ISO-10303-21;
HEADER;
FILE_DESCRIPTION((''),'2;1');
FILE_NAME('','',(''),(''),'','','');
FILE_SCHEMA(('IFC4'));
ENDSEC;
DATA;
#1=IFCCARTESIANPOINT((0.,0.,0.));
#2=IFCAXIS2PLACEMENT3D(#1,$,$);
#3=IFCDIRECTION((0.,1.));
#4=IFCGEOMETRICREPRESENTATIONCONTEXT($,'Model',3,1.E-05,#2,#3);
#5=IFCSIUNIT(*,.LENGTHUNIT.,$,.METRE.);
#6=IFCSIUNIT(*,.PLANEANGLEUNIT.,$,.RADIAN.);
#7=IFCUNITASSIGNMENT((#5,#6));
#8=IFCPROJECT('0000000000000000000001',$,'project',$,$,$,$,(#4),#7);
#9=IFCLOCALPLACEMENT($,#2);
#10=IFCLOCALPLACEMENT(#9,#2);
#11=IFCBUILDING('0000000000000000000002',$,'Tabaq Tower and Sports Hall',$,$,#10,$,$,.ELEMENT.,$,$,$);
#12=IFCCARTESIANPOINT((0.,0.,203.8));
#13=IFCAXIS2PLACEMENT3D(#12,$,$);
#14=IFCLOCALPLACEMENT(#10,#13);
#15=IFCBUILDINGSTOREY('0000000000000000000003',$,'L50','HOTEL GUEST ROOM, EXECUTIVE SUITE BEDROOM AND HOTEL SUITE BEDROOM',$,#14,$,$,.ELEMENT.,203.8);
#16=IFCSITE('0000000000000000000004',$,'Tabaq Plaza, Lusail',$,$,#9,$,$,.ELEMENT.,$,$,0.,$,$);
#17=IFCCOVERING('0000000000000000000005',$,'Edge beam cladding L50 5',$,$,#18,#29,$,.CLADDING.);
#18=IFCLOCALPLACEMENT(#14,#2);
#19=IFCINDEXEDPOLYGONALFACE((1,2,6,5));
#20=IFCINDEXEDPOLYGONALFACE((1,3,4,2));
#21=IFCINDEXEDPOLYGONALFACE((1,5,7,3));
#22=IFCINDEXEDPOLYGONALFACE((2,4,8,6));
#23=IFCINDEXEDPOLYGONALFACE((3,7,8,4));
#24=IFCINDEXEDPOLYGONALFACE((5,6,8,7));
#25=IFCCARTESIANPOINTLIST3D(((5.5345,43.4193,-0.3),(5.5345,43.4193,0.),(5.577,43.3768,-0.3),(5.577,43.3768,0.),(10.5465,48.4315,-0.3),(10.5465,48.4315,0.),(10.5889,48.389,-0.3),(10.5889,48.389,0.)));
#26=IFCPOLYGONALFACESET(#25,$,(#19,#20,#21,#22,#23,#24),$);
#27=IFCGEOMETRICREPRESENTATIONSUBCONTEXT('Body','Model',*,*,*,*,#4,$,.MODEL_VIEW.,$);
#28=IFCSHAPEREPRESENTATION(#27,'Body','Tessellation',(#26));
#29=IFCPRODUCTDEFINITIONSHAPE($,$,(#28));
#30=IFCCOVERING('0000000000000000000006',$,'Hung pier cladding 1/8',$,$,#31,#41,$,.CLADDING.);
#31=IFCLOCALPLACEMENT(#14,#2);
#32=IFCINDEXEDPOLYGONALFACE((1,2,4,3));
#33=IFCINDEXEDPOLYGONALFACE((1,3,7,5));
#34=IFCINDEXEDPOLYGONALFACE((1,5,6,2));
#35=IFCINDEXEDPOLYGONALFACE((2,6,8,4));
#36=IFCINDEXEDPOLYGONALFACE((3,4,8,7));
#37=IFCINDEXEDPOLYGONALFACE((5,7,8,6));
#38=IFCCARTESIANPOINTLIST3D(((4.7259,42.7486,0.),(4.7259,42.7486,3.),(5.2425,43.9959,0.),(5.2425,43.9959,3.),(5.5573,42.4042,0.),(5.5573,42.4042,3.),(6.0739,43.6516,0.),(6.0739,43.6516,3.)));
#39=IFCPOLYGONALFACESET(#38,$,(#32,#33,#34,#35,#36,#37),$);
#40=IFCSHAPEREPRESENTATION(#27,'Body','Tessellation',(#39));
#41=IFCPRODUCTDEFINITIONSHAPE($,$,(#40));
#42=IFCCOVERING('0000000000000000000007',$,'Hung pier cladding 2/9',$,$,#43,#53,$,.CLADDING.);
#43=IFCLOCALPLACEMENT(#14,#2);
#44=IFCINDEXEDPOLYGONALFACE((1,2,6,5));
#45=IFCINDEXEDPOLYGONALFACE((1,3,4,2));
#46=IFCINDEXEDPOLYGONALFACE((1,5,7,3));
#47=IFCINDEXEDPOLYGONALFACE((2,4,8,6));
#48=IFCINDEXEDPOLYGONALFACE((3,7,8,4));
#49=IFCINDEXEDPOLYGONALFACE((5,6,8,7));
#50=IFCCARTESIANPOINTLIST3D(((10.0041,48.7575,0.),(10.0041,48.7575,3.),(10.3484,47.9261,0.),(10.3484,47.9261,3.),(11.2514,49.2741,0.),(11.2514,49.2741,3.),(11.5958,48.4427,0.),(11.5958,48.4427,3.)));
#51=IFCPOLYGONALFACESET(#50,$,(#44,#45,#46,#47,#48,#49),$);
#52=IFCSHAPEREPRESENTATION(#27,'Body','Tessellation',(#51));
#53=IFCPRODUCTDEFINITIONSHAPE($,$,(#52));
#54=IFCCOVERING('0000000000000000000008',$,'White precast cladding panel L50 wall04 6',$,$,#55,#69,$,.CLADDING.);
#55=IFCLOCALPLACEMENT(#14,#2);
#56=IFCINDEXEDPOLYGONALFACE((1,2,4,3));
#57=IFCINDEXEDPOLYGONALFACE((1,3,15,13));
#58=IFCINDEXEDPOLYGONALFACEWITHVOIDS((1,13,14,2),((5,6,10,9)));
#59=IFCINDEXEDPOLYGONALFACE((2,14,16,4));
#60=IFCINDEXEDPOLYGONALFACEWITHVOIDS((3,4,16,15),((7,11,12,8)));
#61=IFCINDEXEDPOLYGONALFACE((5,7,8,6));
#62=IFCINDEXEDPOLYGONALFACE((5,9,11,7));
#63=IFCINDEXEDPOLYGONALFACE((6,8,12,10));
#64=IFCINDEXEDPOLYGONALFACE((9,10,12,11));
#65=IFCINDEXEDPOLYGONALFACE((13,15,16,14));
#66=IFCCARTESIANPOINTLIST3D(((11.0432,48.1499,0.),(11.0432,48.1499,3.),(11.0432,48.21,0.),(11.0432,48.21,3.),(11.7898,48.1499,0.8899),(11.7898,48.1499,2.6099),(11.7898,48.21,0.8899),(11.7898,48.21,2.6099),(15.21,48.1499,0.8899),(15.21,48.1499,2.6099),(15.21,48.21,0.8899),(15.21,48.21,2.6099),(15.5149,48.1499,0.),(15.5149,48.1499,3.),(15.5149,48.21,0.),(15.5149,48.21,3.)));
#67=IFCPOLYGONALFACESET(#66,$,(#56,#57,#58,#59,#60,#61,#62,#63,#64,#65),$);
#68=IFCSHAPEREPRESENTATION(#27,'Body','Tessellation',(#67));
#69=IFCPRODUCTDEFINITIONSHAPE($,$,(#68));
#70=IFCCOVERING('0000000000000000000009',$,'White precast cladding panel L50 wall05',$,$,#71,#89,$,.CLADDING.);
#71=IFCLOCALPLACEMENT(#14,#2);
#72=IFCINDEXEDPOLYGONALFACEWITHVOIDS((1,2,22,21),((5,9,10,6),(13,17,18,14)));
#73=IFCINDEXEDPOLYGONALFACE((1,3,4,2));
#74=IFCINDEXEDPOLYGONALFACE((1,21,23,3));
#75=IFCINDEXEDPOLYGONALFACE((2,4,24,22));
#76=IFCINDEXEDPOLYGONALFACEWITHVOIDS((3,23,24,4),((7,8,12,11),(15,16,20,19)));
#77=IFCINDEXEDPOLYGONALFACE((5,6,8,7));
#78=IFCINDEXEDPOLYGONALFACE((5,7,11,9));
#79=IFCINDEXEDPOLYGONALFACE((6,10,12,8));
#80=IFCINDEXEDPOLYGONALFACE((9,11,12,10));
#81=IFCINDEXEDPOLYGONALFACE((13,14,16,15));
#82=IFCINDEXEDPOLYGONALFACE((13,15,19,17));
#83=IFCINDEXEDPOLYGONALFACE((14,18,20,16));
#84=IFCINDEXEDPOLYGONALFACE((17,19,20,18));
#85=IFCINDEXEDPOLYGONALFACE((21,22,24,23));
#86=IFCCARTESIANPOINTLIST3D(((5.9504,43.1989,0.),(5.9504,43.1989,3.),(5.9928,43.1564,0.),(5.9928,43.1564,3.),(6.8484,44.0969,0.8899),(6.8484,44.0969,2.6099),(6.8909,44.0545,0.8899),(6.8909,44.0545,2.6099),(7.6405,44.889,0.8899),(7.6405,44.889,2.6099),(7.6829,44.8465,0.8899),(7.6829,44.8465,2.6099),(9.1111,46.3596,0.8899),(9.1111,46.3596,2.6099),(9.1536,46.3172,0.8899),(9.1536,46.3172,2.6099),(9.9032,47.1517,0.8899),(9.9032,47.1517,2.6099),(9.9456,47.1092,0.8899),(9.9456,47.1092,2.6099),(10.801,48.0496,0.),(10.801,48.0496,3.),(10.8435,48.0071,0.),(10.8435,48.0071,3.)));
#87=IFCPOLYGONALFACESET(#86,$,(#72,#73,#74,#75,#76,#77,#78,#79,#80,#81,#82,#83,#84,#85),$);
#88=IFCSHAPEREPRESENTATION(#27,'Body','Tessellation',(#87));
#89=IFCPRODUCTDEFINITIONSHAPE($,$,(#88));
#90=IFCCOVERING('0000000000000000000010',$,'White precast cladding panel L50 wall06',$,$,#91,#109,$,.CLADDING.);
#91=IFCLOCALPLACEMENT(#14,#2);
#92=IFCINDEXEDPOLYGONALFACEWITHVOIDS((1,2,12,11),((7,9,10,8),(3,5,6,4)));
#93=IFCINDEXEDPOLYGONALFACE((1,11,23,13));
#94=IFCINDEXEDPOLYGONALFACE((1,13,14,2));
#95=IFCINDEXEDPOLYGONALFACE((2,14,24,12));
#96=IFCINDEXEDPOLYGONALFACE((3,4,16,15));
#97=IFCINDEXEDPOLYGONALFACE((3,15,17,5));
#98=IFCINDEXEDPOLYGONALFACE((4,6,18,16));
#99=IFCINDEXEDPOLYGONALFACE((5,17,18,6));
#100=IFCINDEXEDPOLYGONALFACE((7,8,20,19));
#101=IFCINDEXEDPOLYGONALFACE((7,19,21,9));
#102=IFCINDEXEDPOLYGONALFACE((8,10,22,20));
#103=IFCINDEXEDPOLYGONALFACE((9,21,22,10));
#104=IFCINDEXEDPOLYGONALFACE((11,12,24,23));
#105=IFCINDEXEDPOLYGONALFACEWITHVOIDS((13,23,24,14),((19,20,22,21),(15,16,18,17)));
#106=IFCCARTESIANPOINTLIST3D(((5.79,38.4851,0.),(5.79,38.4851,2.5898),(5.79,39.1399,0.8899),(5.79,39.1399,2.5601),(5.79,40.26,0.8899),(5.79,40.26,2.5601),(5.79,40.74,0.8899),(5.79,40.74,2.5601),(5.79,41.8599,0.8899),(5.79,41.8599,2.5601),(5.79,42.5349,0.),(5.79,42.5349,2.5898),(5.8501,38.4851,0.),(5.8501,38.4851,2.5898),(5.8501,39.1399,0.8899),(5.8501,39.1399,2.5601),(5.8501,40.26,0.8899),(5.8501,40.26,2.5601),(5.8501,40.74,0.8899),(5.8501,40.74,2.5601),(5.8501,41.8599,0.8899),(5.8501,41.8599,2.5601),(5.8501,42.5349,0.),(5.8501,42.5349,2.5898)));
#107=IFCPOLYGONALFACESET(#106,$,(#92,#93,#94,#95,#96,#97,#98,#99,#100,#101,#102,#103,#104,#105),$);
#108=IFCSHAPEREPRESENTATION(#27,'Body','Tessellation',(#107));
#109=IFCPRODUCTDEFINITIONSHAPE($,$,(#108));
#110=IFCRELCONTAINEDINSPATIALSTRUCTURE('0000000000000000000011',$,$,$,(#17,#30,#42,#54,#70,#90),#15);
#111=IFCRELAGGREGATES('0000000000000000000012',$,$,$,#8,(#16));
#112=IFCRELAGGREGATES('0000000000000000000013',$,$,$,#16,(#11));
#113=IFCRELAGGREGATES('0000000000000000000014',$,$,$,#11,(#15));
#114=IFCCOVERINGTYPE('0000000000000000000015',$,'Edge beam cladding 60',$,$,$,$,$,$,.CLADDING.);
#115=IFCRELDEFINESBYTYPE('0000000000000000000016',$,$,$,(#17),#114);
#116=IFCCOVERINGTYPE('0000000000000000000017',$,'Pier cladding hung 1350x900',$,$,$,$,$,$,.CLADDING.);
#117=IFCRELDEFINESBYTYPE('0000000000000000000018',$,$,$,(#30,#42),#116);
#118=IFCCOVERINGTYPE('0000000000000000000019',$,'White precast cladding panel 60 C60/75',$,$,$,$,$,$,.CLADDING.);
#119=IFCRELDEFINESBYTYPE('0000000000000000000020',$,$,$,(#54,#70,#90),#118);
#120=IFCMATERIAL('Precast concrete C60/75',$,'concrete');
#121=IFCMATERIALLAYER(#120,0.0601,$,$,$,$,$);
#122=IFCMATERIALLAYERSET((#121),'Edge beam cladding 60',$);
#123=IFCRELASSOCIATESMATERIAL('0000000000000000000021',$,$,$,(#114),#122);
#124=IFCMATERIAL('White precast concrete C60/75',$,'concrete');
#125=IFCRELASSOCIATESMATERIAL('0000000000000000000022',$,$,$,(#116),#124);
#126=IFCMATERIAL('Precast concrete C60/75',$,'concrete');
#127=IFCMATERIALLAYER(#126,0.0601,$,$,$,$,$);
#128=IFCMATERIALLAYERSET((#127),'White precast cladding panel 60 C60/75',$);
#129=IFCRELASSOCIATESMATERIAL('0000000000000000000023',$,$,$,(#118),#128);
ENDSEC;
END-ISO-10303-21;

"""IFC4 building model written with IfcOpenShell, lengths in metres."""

from ifc_helpers import new_model, si_unit, direction, frame, frame_2d, origin, place, context, subcontext, project, spatial, polyline, rectangle, outline, extrude, material, layer, layer_set, type_object, element, save


model = new_model("IFC4")

# Units and contexts
model_context = context("Model", 3, precision=1e-05, world=origin(), true_north=direction((0.0, 1.0)))
body_context = subcontext(model_context, "Body", "Model", "MODEL_VIEW")
ifc_project = project(units=[si_unit("LENGTHUNIT", "METRE"), si_unit("PLANEANGLEUNIT", "RADIAN")], contexts=[model_context])

# Site, building, storey
site_placement = place(None, origin())
site = spatial("IfcSite", under=ifc_project, at=site_placement, Name="Tabaq Plaza, Lusail", CompositionType="ELEMENT", RefElevation=0.0)
building_placement = place(site_placement, origin())
building = spatial("IfcBuilding", under=site, at=building_placement, Name="Tabaq Tower and Sports Hall", CompositionType="ELEMENT")
storey_placement = place(building_placement, frame((0.0, 0.0, 203.8)))
storey = spatial("IfcBuildingStorey", under=building, at=storey_placement, Name="L50", Description="HOTEL GUEST ROOM, EXECUTIVE SUITE BEDROOM AND HOTEL SUITE BEDROOM", CompositionType="ELEMENT", Elevation=203.8)

# Coverings
ifc_material_1 = material(Name="Precast concrete C60/75", Category="concrete")
ifc_layer_1 = layer(ifc_material_1, 0.0601)
ifc_layer_set_1 = layer_set([ifc_layer_1], Name="Edge beam cladding 60")
covering_type_1 = type_object("IfcCoveringType", Name="Edge beam cladding 60", PredefinedType="CLADDING", material=ifc_layer_set_1)
covering_1_placement = place(storey_placement, frame((10.5676, 48.4102, -0.3), z_axis=(0.0, 0.0, 1.0), x_axis=(-0.70709, -0.707124, 0.0)))
element("IfcCovering", 1, at=covering_1_placement, inside=storey, type_object=covering_type_1, Name="Edge beam cladding L50 5", PredefinedType="CLADDING", context=body_context, shape_type="SweptSolid", body=[
    extrude(rectangle(XDim=7.0881, YDim=0.0601, at=frame_2d((3.5439, 0.0))), origin(), (0.0, 0.0, 1.0), 0.3),
])
ifc_material_2 = material(Name="White precast concrete C60/75", Category="concrete")
covering_type_2 = type_object("IfcCoveringType", Name="Pier cladding hung 1350x900", PredefinedType="CLADDING", material=ifc_material_2)
for number, where, z_axis, x_axis, name in (
    (2, (5.6582, 43.8237, 0.0), (0.0, 0.0, 1.0), (-0.38265, -0.923893, 0.0), "Hung pier cladding 1/8"),
    (3, (11.4236, 48.8584, 0.0), (0.0, 0.0, 1.0), (-0.923893, -0.38265, 0.0), "Hung pier cladding 2/9"),
):
    element("IfcCovering", number, at=place(storey_placement, frame(where, z_axis=z_axis, x_axis=x_axis)), inside=storey, type_object=covering_type_2, Name=name, PredefinedType="CLADDING", context=body_context, shape_type="SweptSolid", body=[
        extrude(rectangle(XDim=1.3501, YDim=0.8999, at=frame_2d((0.675, 0.0))), origin(), (0.0, 0.0, 1.0), 3.0),
    ])
ifc_material_3 = material(Name="Precast concrete C60/75", Category="concrete")
ifc_layer_2 = layer(ifc_material_3, 0.0601)
ifc_layer_set_2 = layer_set([ifc_layer_2], Name="White precast cladding panel 60 C60/75")
covering_type_3 = type_object("IfcCoveringType", Name="White precast cladding panel 60 C60/75", PredefinedType="CLADDING", material=ifc_layer_set_2)
covering_2_placement = place(storey_placement, frame((15.5149, 48.1799, 0.0), z_axis=(0.0, 0.0, 1.0), x_axis=(-1.0, 0.0, 0.0)))
element("IfcCovering", 4, at=covering_2_placement, inside=storey, type_object=covering_type_3, Name="White precast cladding panel L50 wall04 6", PredefinedType="CLADDING", context=body_context, shape_type="SweptSolid", body=[
    extrude(outline(polyline([(0.0, 0.0), (4.4717, 0.0), (4.4717, 3.0), (0.0, 3.0), (0.0, 0.0)]), holes=[polyline([(0.3049, 0.8899), (0.3049, 2.6099), (3.7251, 2.6099), (3.7251, 0.8899), (0.3049, 0.8899)])]), frame((0.0, 0.03, 0.0), z_axis=(0.0, -1.0, 0.0), x_axis=(1.0, 0.0, 0.0)), (0.0, 0.0, 1.0), 0.0601),
])
covering_3_placement = place(storey_placement, frame((10.8223, 48.0283, 0.0), z_axis=(0.0, 0.0, 1.0), x_axis=(-0.707107, -0.707107, 0.0)))
element("IfcCovering", 5, at=covering_3_placement, inside=storey, type_object=covering_type_3, Name="White precast cladding panel L50 wall05", PredefinedType="CLADDING", context=body_context, shape_type="SweptSolid", body=[
    extrude(outline(polyline([(0.0, 0.0), (6.8599, 0.0), (6.8599, 3.0), (0.0, 3.0), (0.0, 0.0)]), holes=[polyline([(1.2698, 2.6099), (2.3899, 2.6099), (2.3899, 0.8899), (1.2698, 0.8899), (1.2698, 2.6099)]), polyline([(4.4697, 2.6099), (5.5898, 2.6099), (5.5898, 0.8899), (4.4697, 0.8899), (4.4697, 2.6099)])]), frame((0.0, 0.03, 0.0), z_axis=(0.0, -1.0, 0.0), x_axis=(1.0, 0.0, 0.0)), (0.0, 0.0, 1.0), 0.0601),
])
covering_4_placement = place(storey_placement, frame((5.8201, 42.5349, 0.0), z_axis=(0.0, 0.0, 1.0), x_axis=(0.0, -1.0, 0.0)))
element("IfcCovering", 6, at=covering_4_placement, inside=storey, type_object=covering_type_3, Name="White precast cladding panel L50 wall06", PredefinedType="CLADDING", context=body_context, shape_type="SweptSolid", body=[
    extrude(outline(polyline([(0.0, 0.0), (4.0498, 0.0), (4.0498, 2.5898), (0.0, 2.5898), (0.0, 0.0)]), holes=[polyline([(0.675, 0.8899), (0.675, 2.5601), (1.7949, 2.5601), (1.7949, 0.8899), (0.675, 0.8899)]), polyline([(2.2749, 0.8899), (2.2749, 2.5601), (3.395, 2.5601), (3.395, 0.8899), (2.2749, 0.8899)])]), frame((0.0, 0.03, 0.0), z_axis=(0.0, -1.0, 0.0), x_axis=(1.0, 0.0, 0.0)), (0.0, 0.0, 1.0), 0.0601),
])

save(model, "model.ifc")
